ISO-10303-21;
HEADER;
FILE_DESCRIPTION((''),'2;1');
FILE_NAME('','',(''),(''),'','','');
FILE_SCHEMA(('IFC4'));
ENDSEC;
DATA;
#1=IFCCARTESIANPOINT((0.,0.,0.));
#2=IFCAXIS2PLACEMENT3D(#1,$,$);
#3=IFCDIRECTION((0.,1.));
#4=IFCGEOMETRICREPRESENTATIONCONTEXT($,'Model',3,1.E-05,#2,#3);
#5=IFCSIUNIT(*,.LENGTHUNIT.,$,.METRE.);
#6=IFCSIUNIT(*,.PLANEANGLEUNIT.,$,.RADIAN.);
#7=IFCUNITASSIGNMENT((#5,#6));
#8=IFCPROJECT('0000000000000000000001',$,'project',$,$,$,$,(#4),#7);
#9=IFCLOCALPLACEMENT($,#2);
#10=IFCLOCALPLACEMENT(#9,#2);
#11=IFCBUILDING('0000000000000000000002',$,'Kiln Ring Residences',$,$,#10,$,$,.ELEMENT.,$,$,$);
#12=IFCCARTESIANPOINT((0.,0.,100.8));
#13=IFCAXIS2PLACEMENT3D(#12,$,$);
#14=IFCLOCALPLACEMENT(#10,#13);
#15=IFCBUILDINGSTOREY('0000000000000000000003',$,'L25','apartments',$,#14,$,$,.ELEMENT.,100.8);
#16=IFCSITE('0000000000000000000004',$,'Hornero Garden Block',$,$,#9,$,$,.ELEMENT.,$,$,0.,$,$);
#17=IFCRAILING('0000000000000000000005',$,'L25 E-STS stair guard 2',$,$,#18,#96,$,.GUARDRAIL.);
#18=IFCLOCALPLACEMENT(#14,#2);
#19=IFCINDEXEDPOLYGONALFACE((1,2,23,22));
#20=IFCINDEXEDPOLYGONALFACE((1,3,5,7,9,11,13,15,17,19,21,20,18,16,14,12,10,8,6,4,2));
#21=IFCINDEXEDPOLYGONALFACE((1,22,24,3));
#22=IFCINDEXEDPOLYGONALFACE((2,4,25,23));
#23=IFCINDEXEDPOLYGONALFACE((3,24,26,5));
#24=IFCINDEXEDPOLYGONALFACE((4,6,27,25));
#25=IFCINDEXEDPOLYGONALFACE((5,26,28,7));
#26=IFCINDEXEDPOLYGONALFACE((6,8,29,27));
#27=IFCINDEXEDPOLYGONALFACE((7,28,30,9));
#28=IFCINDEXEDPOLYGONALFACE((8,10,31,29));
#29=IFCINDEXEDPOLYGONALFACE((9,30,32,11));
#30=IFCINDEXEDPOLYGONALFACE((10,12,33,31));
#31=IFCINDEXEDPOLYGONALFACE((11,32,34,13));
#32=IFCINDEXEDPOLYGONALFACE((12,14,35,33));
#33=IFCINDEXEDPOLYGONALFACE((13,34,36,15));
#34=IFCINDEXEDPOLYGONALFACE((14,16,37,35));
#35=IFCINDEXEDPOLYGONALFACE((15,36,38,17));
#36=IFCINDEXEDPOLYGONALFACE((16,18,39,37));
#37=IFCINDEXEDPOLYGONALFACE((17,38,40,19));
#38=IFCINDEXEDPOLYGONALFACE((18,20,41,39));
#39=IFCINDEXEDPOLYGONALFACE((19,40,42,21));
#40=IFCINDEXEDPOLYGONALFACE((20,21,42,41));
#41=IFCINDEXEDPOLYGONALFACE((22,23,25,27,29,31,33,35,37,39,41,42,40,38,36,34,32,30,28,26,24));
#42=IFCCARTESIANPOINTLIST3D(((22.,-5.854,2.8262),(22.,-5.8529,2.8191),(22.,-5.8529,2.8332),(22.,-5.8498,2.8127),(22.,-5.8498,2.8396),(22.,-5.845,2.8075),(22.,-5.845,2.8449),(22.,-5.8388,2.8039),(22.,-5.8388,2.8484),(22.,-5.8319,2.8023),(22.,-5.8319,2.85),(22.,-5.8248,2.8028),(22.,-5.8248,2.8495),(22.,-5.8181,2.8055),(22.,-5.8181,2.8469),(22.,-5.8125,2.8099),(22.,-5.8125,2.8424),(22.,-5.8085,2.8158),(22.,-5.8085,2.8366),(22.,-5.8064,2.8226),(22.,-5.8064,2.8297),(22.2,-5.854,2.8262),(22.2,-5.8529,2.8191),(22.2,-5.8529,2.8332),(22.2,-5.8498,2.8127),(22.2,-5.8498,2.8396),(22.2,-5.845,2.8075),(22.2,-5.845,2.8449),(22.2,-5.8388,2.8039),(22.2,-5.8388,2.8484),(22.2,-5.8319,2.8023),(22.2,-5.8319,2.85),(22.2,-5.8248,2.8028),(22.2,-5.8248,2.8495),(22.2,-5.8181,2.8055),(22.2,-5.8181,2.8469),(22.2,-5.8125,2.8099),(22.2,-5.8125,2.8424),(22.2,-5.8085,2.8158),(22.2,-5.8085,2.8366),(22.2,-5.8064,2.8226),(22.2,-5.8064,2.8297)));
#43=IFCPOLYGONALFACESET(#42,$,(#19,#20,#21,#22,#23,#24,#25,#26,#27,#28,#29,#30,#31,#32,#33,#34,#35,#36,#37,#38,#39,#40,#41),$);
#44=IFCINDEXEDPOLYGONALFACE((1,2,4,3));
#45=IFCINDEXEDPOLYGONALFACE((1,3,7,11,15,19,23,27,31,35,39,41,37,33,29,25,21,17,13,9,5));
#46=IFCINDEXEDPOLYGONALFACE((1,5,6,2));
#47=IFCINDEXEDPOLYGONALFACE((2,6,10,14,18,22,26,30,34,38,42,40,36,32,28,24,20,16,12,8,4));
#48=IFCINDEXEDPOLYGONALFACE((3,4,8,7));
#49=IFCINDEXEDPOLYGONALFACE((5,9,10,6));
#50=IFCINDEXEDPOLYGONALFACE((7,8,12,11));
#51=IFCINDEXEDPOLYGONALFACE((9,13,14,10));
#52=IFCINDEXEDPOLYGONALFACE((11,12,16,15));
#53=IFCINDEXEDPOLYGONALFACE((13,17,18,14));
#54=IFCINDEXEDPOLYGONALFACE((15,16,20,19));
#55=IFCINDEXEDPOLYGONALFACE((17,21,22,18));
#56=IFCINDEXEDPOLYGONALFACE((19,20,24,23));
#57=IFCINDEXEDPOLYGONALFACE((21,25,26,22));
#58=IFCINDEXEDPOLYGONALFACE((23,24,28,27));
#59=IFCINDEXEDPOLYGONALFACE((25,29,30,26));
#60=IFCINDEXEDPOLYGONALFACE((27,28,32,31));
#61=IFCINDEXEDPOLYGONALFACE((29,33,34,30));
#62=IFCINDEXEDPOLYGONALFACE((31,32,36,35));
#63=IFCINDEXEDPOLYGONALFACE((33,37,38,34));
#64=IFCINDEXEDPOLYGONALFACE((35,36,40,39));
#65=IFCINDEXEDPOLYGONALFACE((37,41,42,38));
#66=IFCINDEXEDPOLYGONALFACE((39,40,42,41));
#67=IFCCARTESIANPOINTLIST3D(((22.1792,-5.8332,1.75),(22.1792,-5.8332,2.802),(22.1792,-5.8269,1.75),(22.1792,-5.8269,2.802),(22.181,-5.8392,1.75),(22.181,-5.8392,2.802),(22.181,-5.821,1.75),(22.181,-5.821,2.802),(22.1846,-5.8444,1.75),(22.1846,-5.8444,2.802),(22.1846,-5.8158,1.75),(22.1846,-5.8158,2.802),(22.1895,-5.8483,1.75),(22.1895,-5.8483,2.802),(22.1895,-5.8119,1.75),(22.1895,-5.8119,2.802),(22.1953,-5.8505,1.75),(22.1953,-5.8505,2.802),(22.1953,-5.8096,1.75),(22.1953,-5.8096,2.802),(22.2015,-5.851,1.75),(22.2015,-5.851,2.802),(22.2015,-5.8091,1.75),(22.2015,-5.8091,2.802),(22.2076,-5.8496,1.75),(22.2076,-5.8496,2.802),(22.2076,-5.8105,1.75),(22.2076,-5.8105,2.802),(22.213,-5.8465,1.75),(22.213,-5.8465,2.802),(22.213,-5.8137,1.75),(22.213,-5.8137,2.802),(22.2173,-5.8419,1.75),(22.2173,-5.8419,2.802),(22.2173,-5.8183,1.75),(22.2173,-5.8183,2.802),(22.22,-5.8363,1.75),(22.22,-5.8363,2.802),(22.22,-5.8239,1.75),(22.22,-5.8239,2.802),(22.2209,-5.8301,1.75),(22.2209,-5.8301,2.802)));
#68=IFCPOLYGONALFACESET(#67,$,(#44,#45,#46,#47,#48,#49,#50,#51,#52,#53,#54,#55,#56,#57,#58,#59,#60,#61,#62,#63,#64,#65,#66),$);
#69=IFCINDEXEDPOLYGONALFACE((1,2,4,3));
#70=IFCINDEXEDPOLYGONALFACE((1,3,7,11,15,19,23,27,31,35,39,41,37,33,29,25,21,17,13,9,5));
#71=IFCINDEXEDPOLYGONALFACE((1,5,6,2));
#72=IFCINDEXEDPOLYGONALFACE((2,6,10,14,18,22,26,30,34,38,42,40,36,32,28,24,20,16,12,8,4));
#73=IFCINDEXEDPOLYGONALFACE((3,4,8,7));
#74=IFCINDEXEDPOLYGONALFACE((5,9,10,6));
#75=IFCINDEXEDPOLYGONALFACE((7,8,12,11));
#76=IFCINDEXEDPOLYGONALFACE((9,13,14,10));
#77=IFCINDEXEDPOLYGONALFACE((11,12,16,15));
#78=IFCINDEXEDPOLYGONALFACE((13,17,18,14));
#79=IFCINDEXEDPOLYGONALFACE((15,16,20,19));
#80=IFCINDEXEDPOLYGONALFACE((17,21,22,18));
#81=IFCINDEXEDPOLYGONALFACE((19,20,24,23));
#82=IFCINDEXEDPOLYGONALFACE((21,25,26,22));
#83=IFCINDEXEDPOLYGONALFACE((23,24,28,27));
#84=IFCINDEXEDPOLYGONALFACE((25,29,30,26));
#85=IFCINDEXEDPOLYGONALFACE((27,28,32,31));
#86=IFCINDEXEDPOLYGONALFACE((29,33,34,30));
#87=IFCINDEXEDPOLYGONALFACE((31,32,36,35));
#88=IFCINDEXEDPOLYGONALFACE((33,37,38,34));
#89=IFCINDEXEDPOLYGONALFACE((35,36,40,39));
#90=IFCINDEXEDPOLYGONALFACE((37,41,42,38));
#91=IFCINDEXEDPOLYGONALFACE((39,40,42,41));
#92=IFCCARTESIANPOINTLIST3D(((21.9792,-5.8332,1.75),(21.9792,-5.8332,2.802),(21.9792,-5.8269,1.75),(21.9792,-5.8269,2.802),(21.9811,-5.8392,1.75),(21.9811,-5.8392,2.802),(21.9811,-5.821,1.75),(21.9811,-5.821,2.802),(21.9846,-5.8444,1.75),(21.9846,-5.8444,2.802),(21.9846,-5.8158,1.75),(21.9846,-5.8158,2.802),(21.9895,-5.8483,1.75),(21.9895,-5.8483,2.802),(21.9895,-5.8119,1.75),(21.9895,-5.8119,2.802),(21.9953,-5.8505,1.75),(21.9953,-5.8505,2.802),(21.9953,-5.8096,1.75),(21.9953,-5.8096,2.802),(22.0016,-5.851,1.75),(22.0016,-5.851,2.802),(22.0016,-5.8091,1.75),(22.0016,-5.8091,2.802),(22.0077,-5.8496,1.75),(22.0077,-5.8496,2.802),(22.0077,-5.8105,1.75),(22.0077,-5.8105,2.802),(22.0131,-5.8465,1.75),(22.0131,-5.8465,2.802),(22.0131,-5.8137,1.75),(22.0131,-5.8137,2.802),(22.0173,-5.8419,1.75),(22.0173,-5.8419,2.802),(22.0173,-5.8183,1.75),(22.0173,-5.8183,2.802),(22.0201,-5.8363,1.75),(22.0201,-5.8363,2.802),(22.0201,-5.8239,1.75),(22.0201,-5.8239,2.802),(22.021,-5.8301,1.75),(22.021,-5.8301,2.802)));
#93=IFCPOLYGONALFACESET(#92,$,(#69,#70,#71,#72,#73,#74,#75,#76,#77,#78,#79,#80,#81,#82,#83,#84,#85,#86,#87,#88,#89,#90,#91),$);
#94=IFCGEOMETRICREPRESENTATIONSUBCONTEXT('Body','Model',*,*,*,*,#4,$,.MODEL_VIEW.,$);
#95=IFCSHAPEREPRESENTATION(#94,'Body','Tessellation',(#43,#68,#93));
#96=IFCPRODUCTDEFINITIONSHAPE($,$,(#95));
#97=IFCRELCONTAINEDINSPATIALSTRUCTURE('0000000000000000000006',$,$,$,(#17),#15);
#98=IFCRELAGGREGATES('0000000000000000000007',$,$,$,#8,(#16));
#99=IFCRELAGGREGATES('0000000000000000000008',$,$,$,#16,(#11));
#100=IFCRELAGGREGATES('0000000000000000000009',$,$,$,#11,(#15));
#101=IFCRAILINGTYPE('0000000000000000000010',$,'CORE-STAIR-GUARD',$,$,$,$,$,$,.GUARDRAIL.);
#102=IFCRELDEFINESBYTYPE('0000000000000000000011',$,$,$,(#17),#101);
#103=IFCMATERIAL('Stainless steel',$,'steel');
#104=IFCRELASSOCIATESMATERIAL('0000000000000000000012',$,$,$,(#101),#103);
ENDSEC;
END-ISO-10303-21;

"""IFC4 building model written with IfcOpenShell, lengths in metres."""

from ifc_helpers import new_model, si_unit, direction, frame, origin, origin_2d, place, context, subcontext, project, spatial, circle, extrude, material, type_object, element, save


model = new_model("IFC4")

# Units and contexts
model_context = context("Model", 3, precision=1e-05, world=origin(), true_north=direction((0.0, 1.0)))
body_context = subcontext(model_context, "Body", "Model", "MODEL_VIEW")
ifc_project = project(units=[si_unit("LENGTHUNIT", "METRE"), si_unit("PLANEANGLEUNIT", "RADIAN")], contexts=[model_context])

# Site, building, storey
site_placement = place(None, origin())
site = spatial("IfcSite", under=ifc_project, at=site_placement, Name="Hornero Garden Block", CompositionType="ELEMENT", RefElevation=0.0)
building_placement = place(site_placement, origin())
building = spatial("IfcBuilding", under=site, at=building_placement, Name="Kiln Ring Residences", CompositionType="ELEMENT")
storey_placement = place(building_placement, frame((0.0, 0.0, 100.8)))
storey = spatial("IfcBuildingStorey", under=building, at=storey_placement, Name="L25", Description="apartments", CompositionType="ELEMENT", Elevation=100.8)

# Railing
ifc_material_1 = material(Name="Stainless steel", Category="steel")
railing_type_1 = type_object("IfcRailingType", Name="CORE-STAIR-GUARD", PredefinedType="GUARDRAIL", material=ifc_material_1)
railing_1_placement = place(storey_placement, frame((22.2, -5.8301, 1.75)))
element("IfcRailing", 1, at=railing_1_placement, inside=storey, type_object=railing_type_1, Name="L25 E-STS stair guard 2", PredefinedType="GUARDRAIL", context=body_context, shape_type="SweptSolid", body=[
    extrude(circle(Radius=0.0239, at=origin_2d()), frame((0.0, 0.0, 1.0762), z_axis=(-1.0, 0.0, 0.0), x_axis=(0.0, -1.0, 0.0)), (0.0, 0.0, 1.0), 0.2),
    extrude(circle(Radius=0.021, at=origin_2d()), origin(), (0.0, 0.0, 1.0), 1.052),
    extrude(circle(Radius=0.021, at=origin_2d()), frame((-0.2, 0.0, 0.0)), (0.0, 0.0, 1.0), 1.052),
])

save(model, "model.ifc")
